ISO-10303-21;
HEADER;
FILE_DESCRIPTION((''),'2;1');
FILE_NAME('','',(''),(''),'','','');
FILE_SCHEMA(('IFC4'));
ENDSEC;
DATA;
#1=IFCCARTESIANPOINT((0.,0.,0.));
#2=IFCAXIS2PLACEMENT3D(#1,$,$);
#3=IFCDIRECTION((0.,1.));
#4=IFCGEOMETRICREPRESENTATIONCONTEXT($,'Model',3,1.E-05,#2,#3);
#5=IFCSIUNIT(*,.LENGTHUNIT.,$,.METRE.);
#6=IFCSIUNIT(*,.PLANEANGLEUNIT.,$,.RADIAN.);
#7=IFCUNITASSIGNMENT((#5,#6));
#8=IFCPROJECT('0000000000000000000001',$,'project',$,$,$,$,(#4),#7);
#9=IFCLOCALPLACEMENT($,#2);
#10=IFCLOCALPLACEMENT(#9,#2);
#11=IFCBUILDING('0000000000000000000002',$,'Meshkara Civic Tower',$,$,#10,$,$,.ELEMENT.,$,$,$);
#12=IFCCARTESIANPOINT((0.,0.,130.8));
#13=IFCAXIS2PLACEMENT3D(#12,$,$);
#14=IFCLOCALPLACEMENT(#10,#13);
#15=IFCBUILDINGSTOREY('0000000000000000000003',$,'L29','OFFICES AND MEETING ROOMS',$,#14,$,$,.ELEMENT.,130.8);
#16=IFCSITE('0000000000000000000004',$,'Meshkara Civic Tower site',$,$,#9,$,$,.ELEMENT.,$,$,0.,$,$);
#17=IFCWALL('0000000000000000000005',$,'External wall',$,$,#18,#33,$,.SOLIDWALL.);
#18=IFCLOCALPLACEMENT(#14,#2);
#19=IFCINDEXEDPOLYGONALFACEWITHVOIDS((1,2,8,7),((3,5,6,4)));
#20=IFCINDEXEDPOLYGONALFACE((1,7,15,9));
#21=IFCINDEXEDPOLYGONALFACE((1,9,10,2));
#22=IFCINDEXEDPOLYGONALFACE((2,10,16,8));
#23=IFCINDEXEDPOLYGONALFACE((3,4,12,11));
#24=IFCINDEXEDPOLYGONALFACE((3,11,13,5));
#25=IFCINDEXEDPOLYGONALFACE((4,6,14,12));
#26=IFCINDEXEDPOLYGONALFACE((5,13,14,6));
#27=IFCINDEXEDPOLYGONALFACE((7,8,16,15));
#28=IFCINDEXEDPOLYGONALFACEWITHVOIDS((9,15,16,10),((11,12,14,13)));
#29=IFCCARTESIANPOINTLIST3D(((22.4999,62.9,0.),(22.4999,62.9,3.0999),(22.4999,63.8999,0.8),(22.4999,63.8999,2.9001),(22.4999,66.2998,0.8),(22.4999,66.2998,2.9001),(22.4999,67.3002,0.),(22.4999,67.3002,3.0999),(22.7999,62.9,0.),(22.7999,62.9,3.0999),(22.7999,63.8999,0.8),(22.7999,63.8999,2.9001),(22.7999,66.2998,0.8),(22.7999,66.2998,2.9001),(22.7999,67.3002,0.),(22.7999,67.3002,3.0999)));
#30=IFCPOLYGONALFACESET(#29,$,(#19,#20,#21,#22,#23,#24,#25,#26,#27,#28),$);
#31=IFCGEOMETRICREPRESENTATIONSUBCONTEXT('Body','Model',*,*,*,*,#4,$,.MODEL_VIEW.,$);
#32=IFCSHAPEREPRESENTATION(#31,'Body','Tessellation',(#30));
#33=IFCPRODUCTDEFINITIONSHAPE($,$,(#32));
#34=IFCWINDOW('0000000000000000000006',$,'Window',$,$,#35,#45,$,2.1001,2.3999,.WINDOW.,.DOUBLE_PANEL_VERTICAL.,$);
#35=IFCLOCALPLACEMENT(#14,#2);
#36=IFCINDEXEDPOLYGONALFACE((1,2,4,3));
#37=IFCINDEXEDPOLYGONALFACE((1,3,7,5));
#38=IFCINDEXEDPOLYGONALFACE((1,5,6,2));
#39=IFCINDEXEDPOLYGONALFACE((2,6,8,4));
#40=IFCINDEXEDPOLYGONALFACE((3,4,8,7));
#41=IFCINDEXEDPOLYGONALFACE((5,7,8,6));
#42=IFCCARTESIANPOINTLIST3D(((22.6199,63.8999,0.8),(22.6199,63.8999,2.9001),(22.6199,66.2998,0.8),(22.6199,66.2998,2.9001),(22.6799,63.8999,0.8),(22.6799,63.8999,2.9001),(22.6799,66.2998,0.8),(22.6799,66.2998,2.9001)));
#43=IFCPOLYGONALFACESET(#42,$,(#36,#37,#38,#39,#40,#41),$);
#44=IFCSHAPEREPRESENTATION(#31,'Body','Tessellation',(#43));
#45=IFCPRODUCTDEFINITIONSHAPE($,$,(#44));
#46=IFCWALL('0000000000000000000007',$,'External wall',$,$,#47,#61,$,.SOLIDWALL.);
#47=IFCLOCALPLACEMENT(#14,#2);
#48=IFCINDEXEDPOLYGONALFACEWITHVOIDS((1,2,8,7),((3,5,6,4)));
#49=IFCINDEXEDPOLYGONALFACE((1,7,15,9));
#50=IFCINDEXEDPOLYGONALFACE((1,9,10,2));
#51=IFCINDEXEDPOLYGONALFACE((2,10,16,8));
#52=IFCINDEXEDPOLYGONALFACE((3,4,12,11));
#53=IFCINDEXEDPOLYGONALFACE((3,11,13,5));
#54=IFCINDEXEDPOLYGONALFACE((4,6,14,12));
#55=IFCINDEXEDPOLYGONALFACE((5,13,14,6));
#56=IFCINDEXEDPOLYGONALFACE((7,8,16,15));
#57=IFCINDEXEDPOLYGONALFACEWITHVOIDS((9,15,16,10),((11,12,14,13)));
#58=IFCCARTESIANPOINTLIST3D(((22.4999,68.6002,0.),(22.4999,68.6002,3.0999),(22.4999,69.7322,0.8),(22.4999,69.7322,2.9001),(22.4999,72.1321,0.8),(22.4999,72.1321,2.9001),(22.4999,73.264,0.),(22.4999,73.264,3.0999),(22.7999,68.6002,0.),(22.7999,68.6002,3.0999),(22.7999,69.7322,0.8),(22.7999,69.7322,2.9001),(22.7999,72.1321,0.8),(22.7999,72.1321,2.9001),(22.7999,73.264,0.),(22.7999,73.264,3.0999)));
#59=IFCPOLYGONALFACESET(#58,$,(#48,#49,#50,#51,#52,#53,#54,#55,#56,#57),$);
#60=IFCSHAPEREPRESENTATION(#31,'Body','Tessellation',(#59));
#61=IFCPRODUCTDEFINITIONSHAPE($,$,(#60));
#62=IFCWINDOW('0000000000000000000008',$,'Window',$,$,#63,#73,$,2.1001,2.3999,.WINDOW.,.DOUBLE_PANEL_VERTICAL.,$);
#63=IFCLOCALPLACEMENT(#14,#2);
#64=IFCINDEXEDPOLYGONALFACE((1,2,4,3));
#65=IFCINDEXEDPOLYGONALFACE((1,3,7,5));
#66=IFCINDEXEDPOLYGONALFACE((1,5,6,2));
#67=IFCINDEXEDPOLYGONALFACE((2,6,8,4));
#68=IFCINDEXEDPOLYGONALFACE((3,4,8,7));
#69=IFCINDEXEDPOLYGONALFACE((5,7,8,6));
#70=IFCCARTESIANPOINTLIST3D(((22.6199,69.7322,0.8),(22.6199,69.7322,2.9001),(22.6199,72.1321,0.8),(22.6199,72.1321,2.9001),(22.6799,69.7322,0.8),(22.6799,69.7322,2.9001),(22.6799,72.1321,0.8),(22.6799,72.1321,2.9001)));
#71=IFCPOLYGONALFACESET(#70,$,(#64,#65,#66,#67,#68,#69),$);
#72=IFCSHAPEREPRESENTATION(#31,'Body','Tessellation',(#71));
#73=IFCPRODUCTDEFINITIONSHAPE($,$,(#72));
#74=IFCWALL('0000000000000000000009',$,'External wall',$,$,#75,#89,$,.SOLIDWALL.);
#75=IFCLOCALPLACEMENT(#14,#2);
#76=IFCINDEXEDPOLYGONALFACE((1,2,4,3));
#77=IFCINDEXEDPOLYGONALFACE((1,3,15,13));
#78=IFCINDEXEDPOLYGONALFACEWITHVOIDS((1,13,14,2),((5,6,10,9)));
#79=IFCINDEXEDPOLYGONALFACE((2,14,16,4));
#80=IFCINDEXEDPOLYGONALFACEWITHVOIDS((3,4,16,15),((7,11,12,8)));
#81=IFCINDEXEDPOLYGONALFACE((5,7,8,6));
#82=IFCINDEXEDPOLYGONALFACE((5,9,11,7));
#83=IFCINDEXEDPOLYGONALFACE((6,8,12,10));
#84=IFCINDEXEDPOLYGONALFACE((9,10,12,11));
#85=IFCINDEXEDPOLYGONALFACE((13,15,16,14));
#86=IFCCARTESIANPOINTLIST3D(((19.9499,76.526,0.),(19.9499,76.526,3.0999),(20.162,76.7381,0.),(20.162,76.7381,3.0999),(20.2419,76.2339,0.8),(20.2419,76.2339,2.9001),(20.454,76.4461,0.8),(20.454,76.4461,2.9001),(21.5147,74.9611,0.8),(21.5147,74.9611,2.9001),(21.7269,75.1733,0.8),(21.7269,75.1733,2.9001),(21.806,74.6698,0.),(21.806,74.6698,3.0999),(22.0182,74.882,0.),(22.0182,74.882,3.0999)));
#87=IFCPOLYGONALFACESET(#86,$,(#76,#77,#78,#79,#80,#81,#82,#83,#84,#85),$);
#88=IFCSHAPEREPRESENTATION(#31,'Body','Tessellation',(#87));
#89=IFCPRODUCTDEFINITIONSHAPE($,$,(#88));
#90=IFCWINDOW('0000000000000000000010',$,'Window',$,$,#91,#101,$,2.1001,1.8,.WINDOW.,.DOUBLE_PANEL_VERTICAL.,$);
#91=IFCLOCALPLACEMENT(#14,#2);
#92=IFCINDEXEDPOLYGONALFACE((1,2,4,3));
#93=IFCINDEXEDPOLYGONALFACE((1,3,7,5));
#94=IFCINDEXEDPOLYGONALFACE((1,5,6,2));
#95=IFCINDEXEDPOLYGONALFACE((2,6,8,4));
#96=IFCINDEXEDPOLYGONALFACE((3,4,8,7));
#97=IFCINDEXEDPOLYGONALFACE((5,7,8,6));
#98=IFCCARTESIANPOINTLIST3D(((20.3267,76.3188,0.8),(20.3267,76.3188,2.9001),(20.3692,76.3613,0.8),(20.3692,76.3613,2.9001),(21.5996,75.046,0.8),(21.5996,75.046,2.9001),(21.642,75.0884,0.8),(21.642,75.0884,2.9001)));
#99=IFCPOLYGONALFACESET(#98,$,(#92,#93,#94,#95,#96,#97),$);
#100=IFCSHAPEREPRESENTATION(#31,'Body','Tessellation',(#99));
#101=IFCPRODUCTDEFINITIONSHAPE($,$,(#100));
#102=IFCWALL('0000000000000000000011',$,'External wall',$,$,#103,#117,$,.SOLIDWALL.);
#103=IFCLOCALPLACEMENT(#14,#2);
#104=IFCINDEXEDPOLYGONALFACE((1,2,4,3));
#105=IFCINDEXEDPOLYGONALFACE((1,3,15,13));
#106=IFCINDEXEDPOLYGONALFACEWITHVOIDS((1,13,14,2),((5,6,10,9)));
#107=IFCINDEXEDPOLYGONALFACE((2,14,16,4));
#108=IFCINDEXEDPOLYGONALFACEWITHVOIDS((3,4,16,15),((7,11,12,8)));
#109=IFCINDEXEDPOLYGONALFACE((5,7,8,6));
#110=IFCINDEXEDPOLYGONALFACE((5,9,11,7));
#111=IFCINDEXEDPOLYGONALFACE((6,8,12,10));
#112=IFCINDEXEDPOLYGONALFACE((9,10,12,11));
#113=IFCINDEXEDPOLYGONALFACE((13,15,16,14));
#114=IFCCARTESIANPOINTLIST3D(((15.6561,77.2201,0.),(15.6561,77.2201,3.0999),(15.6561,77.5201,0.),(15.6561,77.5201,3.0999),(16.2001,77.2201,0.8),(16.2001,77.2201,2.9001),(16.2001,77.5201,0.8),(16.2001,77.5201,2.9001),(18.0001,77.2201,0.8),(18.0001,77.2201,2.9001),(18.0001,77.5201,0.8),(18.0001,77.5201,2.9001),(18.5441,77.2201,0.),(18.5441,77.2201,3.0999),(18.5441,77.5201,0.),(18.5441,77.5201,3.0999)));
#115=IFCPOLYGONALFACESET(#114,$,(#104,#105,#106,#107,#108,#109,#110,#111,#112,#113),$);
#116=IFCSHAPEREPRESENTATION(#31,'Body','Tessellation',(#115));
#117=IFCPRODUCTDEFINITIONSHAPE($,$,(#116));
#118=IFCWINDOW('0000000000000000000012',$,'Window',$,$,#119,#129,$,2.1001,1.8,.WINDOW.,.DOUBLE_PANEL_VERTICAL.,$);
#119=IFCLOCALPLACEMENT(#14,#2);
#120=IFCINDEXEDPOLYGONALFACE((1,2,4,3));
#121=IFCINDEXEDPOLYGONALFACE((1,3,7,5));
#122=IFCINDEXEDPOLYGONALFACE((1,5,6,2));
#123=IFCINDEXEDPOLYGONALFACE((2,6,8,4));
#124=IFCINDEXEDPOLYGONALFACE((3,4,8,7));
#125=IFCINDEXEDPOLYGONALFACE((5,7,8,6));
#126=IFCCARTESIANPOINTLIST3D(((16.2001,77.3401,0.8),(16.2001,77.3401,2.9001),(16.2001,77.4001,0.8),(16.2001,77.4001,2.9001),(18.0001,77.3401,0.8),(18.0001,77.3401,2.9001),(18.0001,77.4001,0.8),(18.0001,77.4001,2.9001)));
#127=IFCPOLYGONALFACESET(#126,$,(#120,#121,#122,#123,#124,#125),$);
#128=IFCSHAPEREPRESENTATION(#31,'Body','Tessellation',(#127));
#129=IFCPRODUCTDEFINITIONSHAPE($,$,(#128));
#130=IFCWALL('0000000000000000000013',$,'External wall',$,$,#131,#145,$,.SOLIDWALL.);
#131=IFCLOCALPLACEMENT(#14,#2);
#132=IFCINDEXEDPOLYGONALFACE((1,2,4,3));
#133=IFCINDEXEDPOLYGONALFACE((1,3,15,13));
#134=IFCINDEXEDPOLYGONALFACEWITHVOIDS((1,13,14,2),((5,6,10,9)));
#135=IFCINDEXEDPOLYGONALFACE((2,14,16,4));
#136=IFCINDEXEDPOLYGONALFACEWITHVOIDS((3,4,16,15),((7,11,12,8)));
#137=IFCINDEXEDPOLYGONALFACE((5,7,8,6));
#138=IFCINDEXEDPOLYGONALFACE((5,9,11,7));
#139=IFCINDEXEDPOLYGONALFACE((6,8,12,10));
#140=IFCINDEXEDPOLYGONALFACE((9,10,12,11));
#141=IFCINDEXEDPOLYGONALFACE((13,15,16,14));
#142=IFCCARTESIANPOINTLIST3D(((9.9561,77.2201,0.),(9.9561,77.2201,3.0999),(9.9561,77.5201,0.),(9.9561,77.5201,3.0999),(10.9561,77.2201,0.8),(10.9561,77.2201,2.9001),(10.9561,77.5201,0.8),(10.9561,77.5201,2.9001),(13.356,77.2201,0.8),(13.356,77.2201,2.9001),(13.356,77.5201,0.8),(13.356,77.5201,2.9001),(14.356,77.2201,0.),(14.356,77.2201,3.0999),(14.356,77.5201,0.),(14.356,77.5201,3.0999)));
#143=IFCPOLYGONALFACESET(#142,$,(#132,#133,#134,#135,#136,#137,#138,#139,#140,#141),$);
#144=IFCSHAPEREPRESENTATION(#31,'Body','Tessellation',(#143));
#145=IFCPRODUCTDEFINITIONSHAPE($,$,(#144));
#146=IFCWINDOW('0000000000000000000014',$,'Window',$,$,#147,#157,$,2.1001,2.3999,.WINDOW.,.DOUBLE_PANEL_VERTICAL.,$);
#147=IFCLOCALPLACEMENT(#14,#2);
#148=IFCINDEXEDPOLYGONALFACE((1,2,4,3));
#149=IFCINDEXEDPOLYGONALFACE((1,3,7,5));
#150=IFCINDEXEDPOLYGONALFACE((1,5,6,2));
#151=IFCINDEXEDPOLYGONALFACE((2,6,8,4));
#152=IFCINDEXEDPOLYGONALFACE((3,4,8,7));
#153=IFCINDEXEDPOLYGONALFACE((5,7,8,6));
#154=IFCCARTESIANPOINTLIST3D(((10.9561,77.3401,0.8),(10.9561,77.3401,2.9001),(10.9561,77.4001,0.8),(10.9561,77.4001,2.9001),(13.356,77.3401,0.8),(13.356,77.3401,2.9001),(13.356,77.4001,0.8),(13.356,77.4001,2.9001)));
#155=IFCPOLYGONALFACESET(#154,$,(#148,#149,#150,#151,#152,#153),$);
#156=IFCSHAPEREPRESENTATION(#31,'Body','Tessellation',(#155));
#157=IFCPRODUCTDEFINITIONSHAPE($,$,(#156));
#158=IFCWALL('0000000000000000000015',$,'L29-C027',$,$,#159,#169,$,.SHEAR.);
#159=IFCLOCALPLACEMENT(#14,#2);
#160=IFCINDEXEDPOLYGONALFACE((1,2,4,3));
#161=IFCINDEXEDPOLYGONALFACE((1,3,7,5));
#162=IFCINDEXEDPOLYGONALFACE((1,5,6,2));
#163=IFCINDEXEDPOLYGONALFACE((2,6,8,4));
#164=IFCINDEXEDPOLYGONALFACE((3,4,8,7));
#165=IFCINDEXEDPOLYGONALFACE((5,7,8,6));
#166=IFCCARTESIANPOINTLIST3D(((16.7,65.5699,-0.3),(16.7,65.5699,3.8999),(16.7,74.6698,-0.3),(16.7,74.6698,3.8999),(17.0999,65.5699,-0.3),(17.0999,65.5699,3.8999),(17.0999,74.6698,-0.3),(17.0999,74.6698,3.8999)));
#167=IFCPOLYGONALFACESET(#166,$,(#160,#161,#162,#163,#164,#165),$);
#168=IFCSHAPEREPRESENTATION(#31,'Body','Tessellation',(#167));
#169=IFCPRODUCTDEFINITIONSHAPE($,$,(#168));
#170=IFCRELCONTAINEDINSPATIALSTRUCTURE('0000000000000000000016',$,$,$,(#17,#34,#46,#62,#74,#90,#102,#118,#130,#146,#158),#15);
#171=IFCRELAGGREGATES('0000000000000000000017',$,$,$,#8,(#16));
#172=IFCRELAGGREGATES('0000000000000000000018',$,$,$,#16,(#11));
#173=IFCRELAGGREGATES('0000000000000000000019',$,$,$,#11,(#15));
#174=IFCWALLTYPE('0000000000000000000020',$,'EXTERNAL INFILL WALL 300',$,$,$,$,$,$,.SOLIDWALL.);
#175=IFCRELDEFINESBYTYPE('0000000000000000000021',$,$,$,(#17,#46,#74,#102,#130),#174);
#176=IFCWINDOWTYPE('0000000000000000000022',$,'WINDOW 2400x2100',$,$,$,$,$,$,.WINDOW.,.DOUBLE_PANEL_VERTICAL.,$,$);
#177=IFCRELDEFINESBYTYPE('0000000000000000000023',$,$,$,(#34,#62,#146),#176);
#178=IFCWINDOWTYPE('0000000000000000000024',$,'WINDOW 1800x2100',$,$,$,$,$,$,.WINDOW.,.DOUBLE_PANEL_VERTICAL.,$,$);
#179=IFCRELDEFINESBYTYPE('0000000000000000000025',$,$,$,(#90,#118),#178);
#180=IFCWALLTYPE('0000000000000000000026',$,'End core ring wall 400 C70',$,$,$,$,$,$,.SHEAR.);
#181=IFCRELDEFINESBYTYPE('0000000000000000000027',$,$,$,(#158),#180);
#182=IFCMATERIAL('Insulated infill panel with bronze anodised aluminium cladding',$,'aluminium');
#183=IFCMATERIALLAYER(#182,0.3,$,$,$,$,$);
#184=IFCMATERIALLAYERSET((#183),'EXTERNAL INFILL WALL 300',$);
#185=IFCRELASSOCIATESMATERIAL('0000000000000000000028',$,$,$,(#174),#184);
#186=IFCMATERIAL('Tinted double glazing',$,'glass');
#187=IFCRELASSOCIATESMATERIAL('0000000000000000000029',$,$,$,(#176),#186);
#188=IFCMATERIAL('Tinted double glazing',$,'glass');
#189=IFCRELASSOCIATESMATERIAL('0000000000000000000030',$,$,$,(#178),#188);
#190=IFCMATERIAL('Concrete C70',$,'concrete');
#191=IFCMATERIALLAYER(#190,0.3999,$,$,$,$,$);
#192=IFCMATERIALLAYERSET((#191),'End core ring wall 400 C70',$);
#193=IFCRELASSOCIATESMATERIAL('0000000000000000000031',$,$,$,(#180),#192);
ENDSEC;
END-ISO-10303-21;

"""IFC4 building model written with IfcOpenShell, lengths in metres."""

from ifc_helpers import new_model, si_unit, direction, frame, frame_2d, origin, place, context, subcontext, project, spatial, rectangle, extrude, material, layer, layer_set, type_object, element, fill, save


model = new_model("IFC4")

# Units and contexts
model_context = context("Model", 3, precision=1e-05, world=origin(), true_north=direction((0.0, 1.0)))
body_context = subcontext(model_context, "Body", "Model", "MODEL_VIEW")
ifc_project = project(units=[si_unit("LENGTHUNIT", "METRE"), si_unit("PLANEANGLEUNIT", "RADIAN")], contexts=[model_context])

# Site, building, storey
site_placement = place(None, origin())
site = spatial("IfcSite", under=ifc_project, at=site_placement, Name="Meshkara Civic Tower site", CompositionType="ELEMENT", RefElevation=0.0)
building_placement = place(site_placement, origin())
building = spatial("IfcBuilding", under=site, at=building_placement, Name="Meshkara Civic Tower", CompositionType="ELEMENT")
storey_placement = place(building_placement, frame((0.0, 0.0, 130.8)))
storey = spatial("IfcBuildingStorey", under=building, at=storey_placement, Name="L29", Description="OFFICES AND MEETING ROOMS", CompositionType="ELEMENT", Elevation=130.8)

# Walls, openings, windows
ifc_material_1 = material(Name="Insulated infill panel with bronze anodised aluminium cladding", Category="aluminium")
ifc_layer_1 = layer(ifc_material_1, 0.3)
ifc_layer_set_1 = layer_set([ifc_layer_1], Name="EXTERNAL INFILL WALL 300")
wall_type_1 = type_object("IfcWallType", Name="EXTERNAL INFILL WALL 300", PredefinedType="SOLIDWALL", material=ifc_layer_set_1)
wall_1_placement = place(storey_placement, frame((22.6499, 62.8999, 0.0), z_axis=(0.0, 0.0, 1.0), x_axis=(0.0, 1.0, 0.0)))
wall_1 = element("IfcWall", 1, at=wall_1_placement, inside=storey, type_object=wall_type_1, Name="External wall", PredefinedType="SOLIDWALL", context=body_context, shape_type="SweptSolid", body=[
    extrude(rectangle(XDim=4.4001, YDim=0.3, at=frame_2d((2.2002, 0.0))), origin(), (0.0, 0.0, 1.0), 3.0999),
])
opening_1_placement = place(wall_1_placement, frame((1.0, 0.0, 0.8)))
opening_1 = element("IfcOpeningElement", 2, at=opening_1_placement, cuts=wall_1, PredefinedType="OPENING", context=body_context, shape_type="SweptSolid", body=[
    extrude(rectangle(XDim=2.3999, YDim=2.1001, at=frame_2d((1.2, 1.05))), frame((0.0, 0.1599, 0.0), z_axis=(0.0, -1.0, 0.0), x_axis=(1.0, 0.0, 0.0)), (0.0, 0.0, 1.0), 0.3201),
])
ifc_material_2 = material(Name="Tinted double glazing", Category="glass")
window_type_1 = type_object("IfcWindowType", Name="WINDOW 2400x2100", PartitioningType="DOUBLE_PANEL_VERTICAL", PredefinedType="WINDOW", material=ifc_material_2)
window_1_placement = place(opening_1_placement, origin())
window_1 = element("IfcWindow", 3, at=window_1_placement, inside=storey, type_object=window_type_1, Name="Window", OverallHeight=2.1001, OverallWidth=2.3999, PartitioningType="DOUBLE_PANEL_VERTICAL", PredefinedType="WINDOW", context=body_context, shape_type="SweptSolid", body=[
    extrude(rectangle(XDim=2.3999, YDim=2.1001, at=frame_2d((1.2, 1.05))), frame((0.0, 0.03, 0.0), z_axis=(0.0, -1.0, 0.0), x_axis=(1.0, 0.0, 0.0)), (0.0, 0.0, 1.0), 0.0601),
])
fill(opening_1, window_1)
wall_2_placement = place(storey_placement, frame((22.6499, 68.6001, 0.0), z_axis=(0.0, 0.0, 1.0), x_axis=(0.0, 1.0, 0.0)))
wall_2 = element("IfcWall", 4, at=wall_2_placement, inside=storey, type_object=wall_type_1, Name="External wall", PredefinedType="SOLIDWALL", context=body_context, shape_type="SweptSolid", body=[
    extrude(rectangle(XDim=4.6638, YDim=0.3, at=frame_2d((2.332, 0.0))), origin(), (0.0, 0.0, 1.0), 3.0999),
])
opening_2_placement = place(wall_2_placement, frame((1.1321, 0.0, 0.8)))
opening_2 = element("IfcOpeningElement", 5, at=opening_2_placement, cuts=wall_2, PredefinedType="OPENING", context=body_context, shape_type="SweptSolid", body=[
    extrude(rectangle(XDim=2.3999, YDim=2.1001, at=frame_2d((1.2, 1.05))), frame((0.0, 0.1599, 0.0), z_axis=(0.0, -1.0, 0.0), x_axis=(1.0, 0.0, 0.0)), (0.0, 0.0, 1.0), 0.3201),
])
window_2_placement = place(opening_2_placement, origin())
window_2 = element("IfcWindow", 6, at=window_2_placement, inside=storey, type_object=window_type_1, Name="Window", OverallHeight=2.1001, OverallWidth=2.3999, PartitioningType="DOUBLE_PANEL_VERTICAL", PredefinedType="WINDOW", context=body_context, shape_type="SweptSolid", body=[
    extrude(rectangle(XDim=2.3999, YDim=2.1001, at=frame_2d((1.2, 1.05))), frame((0.0, 0.03, 0.0), z_axis=(0.0, -1.0, 0.0), x_axis=(1.0, 0.0, 0.0)), (0.0, 0.0, 1.0), 0.0601),
])
fill(opening_2, window_2)
wall_3_placement = place(storey_placement, frame((21.9121, 74.7759, 0.0), z_axis=(0.0, 0.0, 1.0), x_axis=(-0.707107, 0.707107, 0.0)))
wall_3 = element("IfcWall", 7, at=wall_3_placement, inside=storey, type_object=wall_type_1, Name="External wall", PredefinedType="SOLIDWALL", context=body_context, shape_type="SweptSolid", body=[
    extrude(rectangle(XDim=2.625, YDim=0.3, at=frame_2d((1.3125, 0.0))), origin(), (0.0, 0.0, 1.0), 3.0999),
])
opening_3_placement = place(wall_3_placement, frame((0.4121, 0.0, 0.8)))
opening_3 = element("IfcOpeningElement", 8, at=opening_3_placement, cuts=wall_3, PredefinedType="OPENING", context=body_context, shape_type="SweptSolid", body=[
    extrude(rectangle(XDim=1.8, YDim=2.1001, at=frame_2d((0.8999, 1.05))), frame((0.0, 0.1599, 0.0), z_axis=(0.0, -1.0, 0.0), x_axis=(1.0, 0.0, 0.0)), (0.0, 0.0, 1.0), 0.3201),
])
ifc_material_3 = material(Name="Tinted double glazing", Category="glass")
window_type_2 = type_object("IfcWindowType", Name="WINDOW 1800x2100", PartitioningType="DOUBLE_PANEL_VERTICAL", PredefinedType="WINDOW", material=ifc_material_3)
window_3_placement = place(opening_3_placement, origin())
window_3 = element("IfcWindow", 9, at=window_3_placement, inside=storey, type_object=window_type_2, Name="Window", OverallHeight=2.1001, OverallWidth=1.8, PartitioningType="DOUBLE_PANEL_VERTICAL", PredefinedType="WINDOW", context=body_context, shape_type="SweptSolid", body=[
    extrude(rectangle(XDim=1.8, YDim=2.1001, at=frame_2d((0.8999, 1.05))), frame((0.0, 0.03, 0.0), z_axis=(0.0, -1.0, 0.0), x_axis=(1.0, 0.0, 0.0)), (0.0, 0.0, 1.0), 0.0601),
])
fill(opening_3, window_3)
wall_4_placement = place(storey_placement, frame((18.5439, 77.3701, 0.0), z_axis=(0.0, 0.0, 1.0), x_axis=(-1.0, 0.0, 0.0)))
wall_4 = element("IfcWall", 10, at=wall_4_placement, inside=storey, type_object=wall_type_1, Name="External wall", PredefinedType="SOLIDWALL", context=body_context, shape_type="SweptSolid", body=[
    extrude(rectangle(XDim=2.8879, YDim=0.3, at=frame_2d((1.4438, 0.0))), origin(), (0.0, 0.0, 1.0), 3.0999),
])
opening_4_placement = place(wall_4_placement, frame((0.5439, 0.0, 0.8)))
opening_4 = element("IfcOpeningElement", 11, at=opening_4_placement, cuts=wall_4, PredefinedType="OPENING", context=body_context, shape_type="SweptSolid", body=[
    extrude(rectangle(XDim=1.8, YDim=2.1001, at=frame_2d((0.8999, 1.05))), frame((0.0, 0.1599, 0.0), z_axis=(0.0, -1.0, 0.0), x_axis=(1.0, 0.0, 0.0)), (0.0, 0.0, 1.0), 0.3201),
])
window_4_placement = place(opening_4_placement, origin())
window_4 = element("IfcWindow", 12, at=window_4_placement, inside=storey, type_object=window_type_2, Name="Window", OverallHeight=2.1001, OverallWidth=1.8, PartitioningType="DOUBLE_PANEL_VERTICAL", PredefinedType="WINDOW", context=body_context, shape_type="SweptSolid", body=[
    extrude(rectangle(XDim=1.8, YDim=2.1001, at=frame_2d((0.8999, 1.05))), frame((0.0, 0.03, 0.0), z_axis=(0.0, -1.0, 0.0), x_axis=(1.0, 0.0, 0.0)), (0.0, 0.0, 1.0), 0.0601),
])
fill(opening_4, window_4)
wall_5_placement = place(storey_placement, frame((14.356, 77.3701, 0.0), z_axis=(0.0, 0.0, 1.0), x_axis=(-1.0, 0.0, 0.0)))
wall_5 = element("IfcWall", 13, at=wall_5_placement, inside=storey, type_object=wall_type_1, Name="External wall", PredefinedType="SOLIDWALL", context=body_context, shape_type="SweptSolid", body=[
    extrude(rectangle(XDim=4.3999, YDim=0.3, at=frame_2d((2.2, 0.0))), origin(), (0.0, 0.0, 1.0), 3.0999),
])
opening_5_placement = place(wall_5_placement, frame((1.0, 0.0, 0.8)))
opening_5 = element("IfcOpeningElement", 14, at=opening_5_placement, cuts=wall_5, PredefinedType="OPENING", context=body_context, shape_type="SweptSolid", body=[
    extrude(rectangle(XDim=2.3999, YDim=2.1001, at=frame_2d((1.2, 1.05))), frame((0.0, 0.1599, 0.0), z_axis=(0.0, -1.0, 0.0), x_axis=(1.0, 0.0, 0.0)), (0.0, 0.0, 1.0), 0.3201),
])
window_5_placement = place(opening_5_placement, origin())
window_5 = element("IfcWindow", 15, at=window_5_placement, inside=storey, type_object=window_type_1, Name="Window", OverallHeight=2.1001, OverallWidth=2.3999, PartitioningType="DOUBLE_PANEL_VERTICAL", PredefinedType="WINDOW", context=body_context, shape_type="SweptSolid", body=[
    extrude(rectangle(XDim=2.3999, YDim=2.1001, at=frame_2d((1.2, 1.05))), frame((0.0, 0.03, 0.0), z_axis=(0.0, -1.0, 0.0), x_axis=(1.0, 0.0, 0.0)), (0.0, 0.0, 1.0), 0.0601),
])
fill(opening_5, window_5)

# Wall
ifc_material_4 = material(Name="Concrete C70", Category="concrete")
ifc_layer_2 = layer(ifc_material_4, 0.3999)
ifc_layer_set_2 = layer_set([ifc_layer_2], Name="End core ring wall 400 C70")
wall_type_2 = type_object("IfcWallType", Name="End core ring wall 400 C70", PredefinedType="SHEAR", material=ifc_layer_set_2)
wall_6_placement = place(storey_placement, frame((16.8999, 65.5701, -0.3), z_axis=(0.0, 0.0, 1.0), x_axis=(0.0, 1.0, 0.0)))
element("IfcWall", 16, at=wall_6_placement, inside=storey, type_object=wall_type_2, Name="L29-C027", PredefinedType="SHEAR", context=body_context, shape_type="SweptSolid", body=[
    extrude(rectangle(XDim=9.0999, YDim=0.3999, at=frame_2d((4.5498, 0.0))), origin(), (0.0, 0.0, 1.0), 4.2),
])

save(model, "model.ifc")
